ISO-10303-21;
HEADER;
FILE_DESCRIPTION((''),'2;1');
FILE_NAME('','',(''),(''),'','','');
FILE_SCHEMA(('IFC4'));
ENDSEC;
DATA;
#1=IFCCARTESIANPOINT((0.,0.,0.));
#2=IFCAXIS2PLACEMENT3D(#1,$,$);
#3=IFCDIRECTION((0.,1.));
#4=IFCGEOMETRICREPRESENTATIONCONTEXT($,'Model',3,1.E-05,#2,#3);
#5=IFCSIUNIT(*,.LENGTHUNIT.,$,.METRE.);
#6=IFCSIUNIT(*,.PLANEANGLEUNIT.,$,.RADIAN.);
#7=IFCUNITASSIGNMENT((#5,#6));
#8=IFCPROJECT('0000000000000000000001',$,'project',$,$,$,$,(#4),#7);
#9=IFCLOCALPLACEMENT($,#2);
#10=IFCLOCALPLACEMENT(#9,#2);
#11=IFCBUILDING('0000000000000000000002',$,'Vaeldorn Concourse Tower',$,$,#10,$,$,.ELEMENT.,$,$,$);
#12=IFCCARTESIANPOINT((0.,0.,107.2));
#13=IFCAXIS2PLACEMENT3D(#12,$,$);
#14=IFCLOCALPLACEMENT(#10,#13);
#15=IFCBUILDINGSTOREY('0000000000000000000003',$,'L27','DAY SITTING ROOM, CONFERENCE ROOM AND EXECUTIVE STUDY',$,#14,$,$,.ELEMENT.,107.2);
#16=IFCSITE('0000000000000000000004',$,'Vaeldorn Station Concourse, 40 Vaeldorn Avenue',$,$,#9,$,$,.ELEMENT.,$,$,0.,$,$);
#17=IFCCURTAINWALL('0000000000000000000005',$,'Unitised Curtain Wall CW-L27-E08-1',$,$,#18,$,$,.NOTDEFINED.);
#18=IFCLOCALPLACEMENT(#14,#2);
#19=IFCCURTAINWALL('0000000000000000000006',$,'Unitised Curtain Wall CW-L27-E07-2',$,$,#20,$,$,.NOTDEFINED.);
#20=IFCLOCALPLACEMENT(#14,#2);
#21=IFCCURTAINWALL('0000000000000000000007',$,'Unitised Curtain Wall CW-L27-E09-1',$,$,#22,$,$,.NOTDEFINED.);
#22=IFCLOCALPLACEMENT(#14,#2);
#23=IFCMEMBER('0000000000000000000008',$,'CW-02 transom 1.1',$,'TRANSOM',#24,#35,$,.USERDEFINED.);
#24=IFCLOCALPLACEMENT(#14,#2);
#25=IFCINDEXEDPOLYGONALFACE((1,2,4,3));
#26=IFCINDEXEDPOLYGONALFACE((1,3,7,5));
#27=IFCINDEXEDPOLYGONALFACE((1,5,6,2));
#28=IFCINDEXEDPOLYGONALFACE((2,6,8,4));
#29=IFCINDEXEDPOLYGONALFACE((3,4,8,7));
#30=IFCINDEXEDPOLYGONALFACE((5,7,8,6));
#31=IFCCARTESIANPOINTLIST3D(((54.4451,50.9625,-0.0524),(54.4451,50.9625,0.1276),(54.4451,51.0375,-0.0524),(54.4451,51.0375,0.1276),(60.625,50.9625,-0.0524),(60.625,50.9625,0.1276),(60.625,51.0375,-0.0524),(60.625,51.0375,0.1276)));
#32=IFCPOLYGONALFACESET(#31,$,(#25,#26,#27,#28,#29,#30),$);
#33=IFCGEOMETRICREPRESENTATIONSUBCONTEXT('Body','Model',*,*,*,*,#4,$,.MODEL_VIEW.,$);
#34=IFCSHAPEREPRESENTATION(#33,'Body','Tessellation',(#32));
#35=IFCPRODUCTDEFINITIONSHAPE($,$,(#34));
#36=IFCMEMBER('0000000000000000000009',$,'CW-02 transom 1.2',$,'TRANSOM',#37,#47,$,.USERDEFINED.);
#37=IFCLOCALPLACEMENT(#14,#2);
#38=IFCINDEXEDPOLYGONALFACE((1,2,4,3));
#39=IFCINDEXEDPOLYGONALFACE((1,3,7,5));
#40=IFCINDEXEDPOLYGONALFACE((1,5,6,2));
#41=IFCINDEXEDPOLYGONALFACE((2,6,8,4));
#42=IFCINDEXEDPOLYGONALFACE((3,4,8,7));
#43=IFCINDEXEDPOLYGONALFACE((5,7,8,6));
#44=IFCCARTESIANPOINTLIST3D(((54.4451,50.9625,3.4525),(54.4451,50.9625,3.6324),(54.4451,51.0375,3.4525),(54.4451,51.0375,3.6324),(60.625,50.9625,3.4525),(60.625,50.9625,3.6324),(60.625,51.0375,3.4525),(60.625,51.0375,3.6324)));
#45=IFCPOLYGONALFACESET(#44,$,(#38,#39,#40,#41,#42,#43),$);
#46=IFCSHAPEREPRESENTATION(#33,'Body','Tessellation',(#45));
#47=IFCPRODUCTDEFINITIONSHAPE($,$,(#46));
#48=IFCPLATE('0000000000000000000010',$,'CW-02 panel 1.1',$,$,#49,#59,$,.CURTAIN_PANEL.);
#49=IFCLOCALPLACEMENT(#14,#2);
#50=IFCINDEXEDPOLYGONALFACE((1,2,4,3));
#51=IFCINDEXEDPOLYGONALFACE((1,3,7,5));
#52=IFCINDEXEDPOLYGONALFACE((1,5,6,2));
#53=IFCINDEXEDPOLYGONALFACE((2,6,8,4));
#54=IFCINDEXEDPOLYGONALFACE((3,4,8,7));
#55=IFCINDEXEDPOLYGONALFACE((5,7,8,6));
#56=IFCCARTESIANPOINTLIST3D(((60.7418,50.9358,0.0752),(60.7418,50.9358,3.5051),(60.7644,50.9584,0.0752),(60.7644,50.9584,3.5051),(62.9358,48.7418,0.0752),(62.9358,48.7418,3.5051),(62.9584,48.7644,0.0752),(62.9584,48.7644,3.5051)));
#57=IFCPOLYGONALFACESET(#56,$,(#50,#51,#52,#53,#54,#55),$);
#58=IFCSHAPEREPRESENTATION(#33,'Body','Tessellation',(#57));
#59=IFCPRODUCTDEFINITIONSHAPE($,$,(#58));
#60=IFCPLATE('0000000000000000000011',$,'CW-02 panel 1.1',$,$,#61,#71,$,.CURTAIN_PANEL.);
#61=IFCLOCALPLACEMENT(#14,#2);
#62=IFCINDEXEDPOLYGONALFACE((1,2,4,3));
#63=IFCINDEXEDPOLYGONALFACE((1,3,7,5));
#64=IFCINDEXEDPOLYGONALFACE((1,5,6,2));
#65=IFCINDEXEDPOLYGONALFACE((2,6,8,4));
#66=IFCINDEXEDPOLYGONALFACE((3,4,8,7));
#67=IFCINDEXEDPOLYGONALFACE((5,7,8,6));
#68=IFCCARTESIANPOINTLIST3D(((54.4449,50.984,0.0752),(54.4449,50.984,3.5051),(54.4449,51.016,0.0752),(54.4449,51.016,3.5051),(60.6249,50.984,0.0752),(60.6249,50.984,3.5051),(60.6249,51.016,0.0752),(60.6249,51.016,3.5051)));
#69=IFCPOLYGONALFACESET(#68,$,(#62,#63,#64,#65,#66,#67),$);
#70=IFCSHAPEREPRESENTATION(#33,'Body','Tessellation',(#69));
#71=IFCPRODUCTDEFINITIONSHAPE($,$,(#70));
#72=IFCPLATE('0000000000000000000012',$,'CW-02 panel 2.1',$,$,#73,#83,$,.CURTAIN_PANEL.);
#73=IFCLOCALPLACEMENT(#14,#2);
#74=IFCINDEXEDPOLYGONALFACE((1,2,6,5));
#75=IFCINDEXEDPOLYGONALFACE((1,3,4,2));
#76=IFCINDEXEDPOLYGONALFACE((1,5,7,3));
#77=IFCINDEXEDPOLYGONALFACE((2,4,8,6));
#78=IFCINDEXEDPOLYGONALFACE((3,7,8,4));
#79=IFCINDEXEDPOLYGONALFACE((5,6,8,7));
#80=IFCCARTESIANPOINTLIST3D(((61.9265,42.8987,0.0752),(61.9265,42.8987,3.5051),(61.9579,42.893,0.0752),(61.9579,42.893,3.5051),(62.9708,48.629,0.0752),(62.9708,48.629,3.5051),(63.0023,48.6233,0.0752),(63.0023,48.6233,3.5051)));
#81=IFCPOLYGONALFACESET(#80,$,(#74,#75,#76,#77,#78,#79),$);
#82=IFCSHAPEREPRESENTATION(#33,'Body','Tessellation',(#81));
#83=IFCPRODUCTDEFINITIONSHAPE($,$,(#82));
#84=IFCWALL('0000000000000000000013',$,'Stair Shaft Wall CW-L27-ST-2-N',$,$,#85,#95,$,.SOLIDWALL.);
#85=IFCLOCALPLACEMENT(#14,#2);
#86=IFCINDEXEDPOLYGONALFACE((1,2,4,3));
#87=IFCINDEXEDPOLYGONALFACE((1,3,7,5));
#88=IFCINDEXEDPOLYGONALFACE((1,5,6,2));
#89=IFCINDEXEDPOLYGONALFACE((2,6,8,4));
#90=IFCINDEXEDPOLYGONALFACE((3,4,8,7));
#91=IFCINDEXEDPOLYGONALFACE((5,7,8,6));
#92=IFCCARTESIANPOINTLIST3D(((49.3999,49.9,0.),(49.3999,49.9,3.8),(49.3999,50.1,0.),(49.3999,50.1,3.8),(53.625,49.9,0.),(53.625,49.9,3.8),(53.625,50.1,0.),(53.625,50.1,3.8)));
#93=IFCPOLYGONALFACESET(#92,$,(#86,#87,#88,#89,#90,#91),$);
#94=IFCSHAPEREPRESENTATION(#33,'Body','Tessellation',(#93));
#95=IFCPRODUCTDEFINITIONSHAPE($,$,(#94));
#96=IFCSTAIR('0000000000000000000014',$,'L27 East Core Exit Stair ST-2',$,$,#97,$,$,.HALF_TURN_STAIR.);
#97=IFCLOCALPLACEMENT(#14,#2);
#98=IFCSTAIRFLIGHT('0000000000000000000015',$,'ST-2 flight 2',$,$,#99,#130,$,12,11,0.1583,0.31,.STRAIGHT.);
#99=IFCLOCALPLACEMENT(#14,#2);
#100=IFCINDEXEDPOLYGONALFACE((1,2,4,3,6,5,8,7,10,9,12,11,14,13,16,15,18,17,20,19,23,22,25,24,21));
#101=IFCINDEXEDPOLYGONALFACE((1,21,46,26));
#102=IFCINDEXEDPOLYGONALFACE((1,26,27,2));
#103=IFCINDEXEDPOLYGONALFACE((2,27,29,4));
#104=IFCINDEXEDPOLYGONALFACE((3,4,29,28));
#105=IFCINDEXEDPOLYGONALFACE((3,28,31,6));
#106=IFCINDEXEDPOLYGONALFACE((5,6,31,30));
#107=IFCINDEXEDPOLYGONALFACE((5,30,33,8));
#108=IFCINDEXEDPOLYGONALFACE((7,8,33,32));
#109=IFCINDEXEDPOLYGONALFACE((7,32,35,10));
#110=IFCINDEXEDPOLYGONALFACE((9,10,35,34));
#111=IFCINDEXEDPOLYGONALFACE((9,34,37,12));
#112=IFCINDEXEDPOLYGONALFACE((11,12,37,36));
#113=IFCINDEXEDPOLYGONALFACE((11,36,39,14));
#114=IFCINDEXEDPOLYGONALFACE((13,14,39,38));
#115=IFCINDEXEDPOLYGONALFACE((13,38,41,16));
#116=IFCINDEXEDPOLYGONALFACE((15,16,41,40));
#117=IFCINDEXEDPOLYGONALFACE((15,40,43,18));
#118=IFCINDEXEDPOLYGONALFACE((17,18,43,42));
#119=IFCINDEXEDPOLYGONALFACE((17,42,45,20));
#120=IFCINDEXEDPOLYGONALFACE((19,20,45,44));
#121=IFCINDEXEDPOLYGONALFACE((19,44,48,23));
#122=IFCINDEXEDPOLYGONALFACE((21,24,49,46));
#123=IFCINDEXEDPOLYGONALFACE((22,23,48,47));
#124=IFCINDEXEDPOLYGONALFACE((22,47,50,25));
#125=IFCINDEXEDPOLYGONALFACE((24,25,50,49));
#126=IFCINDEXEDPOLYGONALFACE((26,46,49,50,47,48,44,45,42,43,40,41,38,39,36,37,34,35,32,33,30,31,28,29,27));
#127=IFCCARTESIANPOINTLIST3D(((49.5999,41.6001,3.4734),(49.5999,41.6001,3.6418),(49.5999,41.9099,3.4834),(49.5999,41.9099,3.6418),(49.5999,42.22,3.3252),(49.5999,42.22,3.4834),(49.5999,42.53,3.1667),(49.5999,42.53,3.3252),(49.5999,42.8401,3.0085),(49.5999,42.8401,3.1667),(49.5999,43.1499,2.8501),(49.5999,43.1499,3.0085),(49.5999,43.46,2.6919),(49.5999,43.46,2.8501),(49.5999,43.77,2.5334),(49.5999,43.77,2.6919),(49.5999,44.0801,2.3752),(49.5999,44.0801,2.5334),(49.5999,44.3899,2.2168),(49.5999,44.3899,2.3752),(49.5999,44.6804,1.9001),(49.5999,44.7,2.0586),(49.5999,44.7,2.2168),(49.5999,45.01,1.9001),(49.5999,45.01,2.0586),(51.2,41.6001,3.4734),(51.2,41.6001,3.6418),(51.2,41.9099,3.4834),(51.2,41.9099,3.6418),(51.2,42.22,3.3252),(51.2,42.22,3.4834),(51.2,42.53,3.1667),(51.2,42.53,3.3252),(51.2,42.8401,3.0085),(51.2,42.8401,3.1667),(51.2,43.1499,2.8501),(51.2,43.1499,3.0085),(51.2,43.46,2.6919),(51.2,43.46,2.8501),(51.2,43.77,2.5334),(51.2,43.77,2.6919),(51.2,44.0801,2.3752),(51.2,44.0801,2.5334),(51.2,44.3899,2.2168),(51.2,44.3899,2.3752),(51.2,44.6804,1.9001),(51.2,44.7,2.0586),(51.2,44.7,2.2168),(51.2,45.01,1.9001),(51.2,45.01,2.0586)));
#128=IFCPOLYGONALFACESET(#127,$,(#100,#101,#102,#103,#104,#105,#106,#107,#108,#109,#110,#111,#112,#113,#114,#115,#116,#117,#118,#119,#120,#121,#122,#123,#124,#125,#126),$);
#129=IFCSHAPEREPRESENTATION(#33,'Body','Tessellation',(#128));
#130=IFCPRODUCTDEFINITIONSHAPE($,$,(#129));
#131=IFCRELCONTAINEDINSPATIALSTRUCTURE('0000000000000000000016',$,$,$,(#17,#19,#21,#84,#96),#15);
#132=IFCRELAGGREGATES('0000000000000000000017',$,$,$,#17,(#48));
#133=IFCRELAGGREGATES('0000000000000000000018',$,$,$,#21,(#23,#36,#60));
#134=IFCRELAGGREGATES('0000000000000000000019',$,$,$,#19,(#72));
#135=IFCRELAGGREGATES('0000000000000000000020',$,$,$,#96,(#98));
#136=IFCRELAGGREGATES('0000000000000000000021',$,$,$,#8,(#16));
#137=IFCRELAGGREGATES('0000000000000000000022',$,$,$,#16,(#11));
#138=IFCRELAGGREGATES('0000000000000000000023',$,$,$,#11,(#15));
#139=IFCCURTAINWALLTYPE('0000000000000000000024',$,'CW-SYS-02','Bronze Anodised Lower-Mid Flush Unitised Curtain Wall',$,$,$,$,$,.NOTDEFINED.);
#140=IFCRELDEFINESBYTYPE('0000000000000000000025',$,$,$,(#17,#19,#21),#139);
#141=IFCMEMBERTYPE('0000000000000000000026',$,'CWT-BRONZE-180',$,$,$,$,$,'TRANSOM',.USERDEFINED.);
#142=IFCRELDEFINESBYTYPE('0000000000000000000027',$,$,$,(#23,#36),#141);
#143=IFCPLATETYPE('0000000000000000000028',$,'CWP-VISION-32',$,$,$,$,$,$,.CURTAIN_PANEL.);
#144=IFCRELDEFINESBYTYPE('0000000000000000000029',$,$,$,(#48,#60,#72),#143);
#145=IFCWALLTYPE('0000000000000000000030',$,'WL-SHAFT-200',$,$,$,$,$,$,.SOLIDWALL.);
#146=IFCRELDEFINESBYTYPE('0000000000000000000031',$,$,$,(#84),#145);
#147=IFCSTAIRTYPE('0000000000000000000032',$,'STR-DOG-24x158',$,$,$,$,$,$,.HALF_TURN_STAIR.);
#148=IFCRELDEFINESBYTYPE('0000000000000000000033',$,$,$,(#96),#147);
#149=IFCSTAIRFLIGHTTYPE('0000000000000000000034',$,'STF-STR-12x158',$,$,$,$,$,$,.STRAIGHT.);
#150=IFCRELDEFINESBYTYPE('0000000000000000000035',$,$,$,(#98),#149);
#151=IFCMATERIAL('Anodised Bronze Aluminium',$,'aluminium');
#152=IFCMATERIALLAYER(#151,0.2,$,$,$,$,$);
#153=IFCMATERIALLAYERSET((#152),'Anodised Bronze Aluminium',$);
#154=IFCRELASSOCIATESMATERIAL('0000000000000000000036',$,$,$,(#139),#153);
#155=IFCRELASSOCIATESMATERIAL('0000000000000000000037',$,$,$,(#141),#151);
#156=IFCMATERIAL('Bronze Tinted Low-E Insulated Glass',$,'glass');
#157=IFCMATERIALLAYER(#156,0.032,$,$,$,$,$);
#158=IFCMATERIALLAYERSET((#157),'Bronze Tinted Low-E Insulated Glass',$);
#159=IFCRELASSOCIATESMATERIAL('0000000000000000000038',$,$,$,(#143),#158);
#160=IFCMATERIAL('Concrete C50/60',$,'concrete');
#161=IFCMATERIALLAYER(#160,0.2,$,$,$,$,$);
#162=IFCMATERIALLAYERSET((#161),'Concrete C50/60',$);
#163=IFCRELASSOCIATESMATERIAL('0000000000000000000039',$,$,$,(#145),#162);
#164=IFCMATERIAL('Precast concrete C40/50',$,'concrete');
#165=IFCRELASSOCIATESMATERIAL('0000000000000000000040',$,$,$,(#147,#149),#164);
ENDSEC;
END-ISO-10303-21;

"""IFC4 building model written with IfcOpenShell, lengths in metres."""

from ifc_helpers import new_model, si_unit, direction, frame, frame_2d, origin, origin_2d, place, context, subcontext, project, spatial, polyline, rectangle, outline, extrude, source, transform, mapped, material, layer, layer_set, material_profile, profile_set, type_object, element, aggregate, save


model = new_model("IFC4")

# Units and contexts
model_context = context("Model", 3, precision=1e-05, world=origin(), true_north=direction((0.0, 1.0)))
body_context = subcontext(model_context, "Body", "Model", "MODEL_VIEW")
ifc_project = project(units=[si_unit("LENGTHUNIT", "METRE"), si_unit("PLANEANGLEUNIT", "RADIAN")], contexts=[model_context])

# Site, building, storey
site_placement = place(None, origin())
site = spatial("IfcSite", under=ifc_project, at=site_placement, Name="Vaeldorn Station Concourse, 40 Vaeldorn Avenue", CompositionType="ELEMENT", RefElevation=0.0)
building_placement = place(site_placement, origin())
building = spatial("IfcBuilding", under=site, at=building_placement, Name="Vaeldorn Concourse Tower", CompositionType="ELEMENT")
storey_placement = place(building_placement, frame((0.0, 0.0, 107.2)))
storey = spatial("IfcBuildingStorey", under=building, at=storey_placement, Name="L27", Description="DAY SITTING ROOM, CONFERENCE ROOM AND EXECUTIVE STUDY", CompositionType="ELEMENT", Elevation=107.2)

# Curtain wall
ifc_material_1 = material(Name="Anodised Bronze Aluminium", Category="aluminium")
ifc_layer_1 = layer(ifc_material_1, 0.2)
ifc_layer_set_1 = layer_set([ifc_layer_1], Name="Anodised Bronze Aluminium")
curtain_wall_type = type_object("IfcCurtainWallType", Name="CW-SYS-02", Description="Bronze Anodised Lower-Mid Flush Unitised Curtain Wall", PredefinedType="NOTDEFINED", material=ifc_layer_set_1)
curtain_wall_1_placement = place(storey_placement, origin())
curtain_wall_1 = element("IfcCurtainWall", 1, at=curtain_wall_1_placement, inside=storey, type_object=curtain_wall_type, Name="Unitised Curtain Wall CW-L27-E08-1", PredefinedType="NOTDEFINED")
ifc_material_profile_1 = material_profile(ifc_material_1, rectangle(XDim=0.075, YDim=0.1799, at=origin_2d()), Name="CWT 75x180")
ifc_profile_set_1 = profile_set([ifc_material_profile_1], Name="Anodised Bronze Aluminium")
member_type_1 = type_object("IfcMemberType", Name="CWT-BRONZE-180", ElementType="TRANSOM", PredefinedType="USERDEFINED", material=ifc_profile_set_1)

# Curtain wall
curtain_wall_2_placement = place(storey_placement, origin())
curtain_wall_2 = element("IfcCurtainWall", 2, at=curtain_wall_2_placement, inside=storey, type_object=curtain_wall_type, Name="Unitised Curtain Wall CW-L27-E07-2", PredefinedType="NOTDEFINED")

# Curtain wall, members
curtain_wall_3_placement = place(storey_placement, origin())
curtain_wall_3 = element("IfcCurtainWall", 3, at=curtain_wall_3_placement, inside=storey, type_object=curtain_wall_type, Name="Unitised Curtain Wall CW-L27-E09-1", PredefinedType="NOTDEFINED")
shared_shape_1 = source(origin(), body_context, "Body", "SweptSolid", [
    extrude(rectangle(XDim=0.075, YDim=0.1799, at=origin_2d()), origin(), (0.0, 0.0, 1.0), 6.1799),
])
member_1_placement = place(storey_placement, frame((60.625, 51.0, 0.0376), z_axis=(-1.0, 0.0, 0.0), x_axis=(0.0, -1.0, 0.0)))
member_1 = element("IfcMember", 4, at=member_1_placement, type_object=member_type_1, Name="CW-02 transom 1.1", ObjectType="TRANSOM", PredefinedType="USERDEFINED", context=body_context, shape_type="MappedRepresentation", body=[
    mapped(shared_shape_1, transform((0.0, 0.0, 0.0), scale=1.0)),
])
member_2_placement = place(storey_placement, frame((60.625, 51.0, 3.5425), z_axis=(-1.0, 0.0, 0.0), x_axis=(0.0, -1.0, 0.0)))
member_2 = element("IfcMember", 5, at=member_2_placement, type_object=member_type_1, Name="CW-02 transom 1.2", ObjectType="TRANSOM", PredefinedType="USERDEFINED", context=body_context, shape_type="MappedRepresentation", body=[
    mapped(shared_shape_1, transform((0.0, 0.0, 0.0), scale=1.0)),
])

# Plates
ifc_material_2 = material(Name="Bronze Tinted Low-E Insulated Glass", Category="glass")
ifc_layer_2 = layer(ifc_material_2, 0.032)
ifc_layer_set_2 = layer_set([ifc_layer_2], Name="Bronze Tinted Low-E Insulated Glass")
plate_type = type_object("IfcPlateType", Name="CWP-VISION-32", PredefinedType="CURTAIN_PANEL", material=ifc_layer_set_2)
shared_shape_2 = source(origin(), body_context, "Body", "SweptSolid", [
    extrude(rectangle(XDim=3.1028, YDim=0.032, at=origin_2d()), origin(), (0.0, 0.0, 1.0), 3.4299),
])
plate_1_placement = place(storey_placement, frame((61.8501, 49.8501, 0.0752), z_axis=(0.0, 0.0, 1.0), x_axis=(-0.707107, 0.707107, 0.0)))
plate_1 = element("IfcPlate", 6, at=plate_1_placement, type_object=plate_type, Name="CW-02 panel 1.1", PredefinedType="CURTAIN_PANEL", context=body_context, shape_type="MappedRepresentation", body=[
    mapped(shared_shape_2, transform((0.0, 0.0, 0.0), scale=1.0)),
])
aggregate(curtain_wall_1, [plate_1])
shared_shape_3 = source(origin(), body_context, "Body", "SweptSolid", [
    extrude(rectangle(XDim=6.1799, YDim=0.032, at=origin_2d()), origin(), (0.0, 0.0, 1.0), 3.4299),
])
plate_2_placement = place(storey_placement, frame((57.5349, 51.0, 0.0752), z_axis=(0.0, 0.0, 1.0), x_axis=(-1.0, 0.0, 0.0)))
plate_2 = element("IfcPlate", 7, at=plate_2_placement, type_object=plate_type, Name="CW-02 panel 1.1", PredefinedType="CURTAIN_PANEL", context=body_context, shape_type="MappedRepresentation", body=[
    mapped(shared_shape_3, transform((0.0, 0.0, 0.0), scale=1.0)),
])
aggregate(curtain_wall_3, [member_1, member_2, plate_2])
shared_shape_4 = source(origin(), body_context, "Body", "SweptSolid", [
    extrude(rectangle(XDim=5.8247, YDim=0.032, at=origin_2d()), origin(), (0.0, 0.0, 1.0), 3.4299),
])
plate_3_placement = place(storey_placement, frame((62.4644, 45.761, 0.0752), z_axis=(0.0, 0.0, 1.0), x_axis=(0.179293, 0.983796, 0.0)))
plate_3 = element("IfcPlate", 8, at=plate_3_placement, type_object=plate_type, Name="CW-02 panel 2.1", PredefinedType="CURTAIN_PANEL", context=body_context, shape_type="MappedRepresentation", body=[
    mapped(shared_shape_4, transform((0.0, 0.0, 0.0), scale=1.0)),
])
aggregate(curtain_wall_2, [plate_3])

# Wall
ifc_material_3 = material(Name="Concrete C50/60", Category="concrete")
ifc_layer_3 = layer(ifc_material_3, 0.2)
ifc_layer_set_3 = layer_set([ifc_layer_3], Name="Concrete C50/60")
wall_type = type_object("IfcWallType", Name="WL-SHAFT-200", PredefinedType="SOLIDWALL", material=ifc_layer_set_3)
wall_placement = place(storey_placement, frame((49.3999, 50.0, 0.0), z_axis=(0.0, 0.0, 1.0), x_axis=(1.0, 0.0, 0.0)))
element("IfcWall", 9, at=wall_placement, inside=storey, type_object=wall_type, Name="Stair Shaft Wall CW-L27-ST-2-N", PredefinedType="SOLIDWALL", context=body_context, shape_type="SweptSolid", body=[
    extrude(rectangle(XDim=4.2251, YDim=0.2, at=frame_2d((2.1125, 0.0))), origin(), (0.0, 0.0, 1.0), 3.8),
])

# Stair, stair flight
ifc_material_4 = material(Name="Precast concrete C40/50", Category="concrete")
stair_type = type_object("IfcStairType", Name="STR-DOG-24x158", PredefinedType="HALF_TURN_STAIR", material=ifc_material_4)
stair_placement = place(storey_placement, origin())
stair = element("IfcStair", 10, at=stair_placement, inside=storey, type_object=stair_type, Name="L27 East Core Exit Stair ST-2", PredefinedType="HALF_TURN_STAIR")
stair_flight_type = type_object("IfcStairFlightType", Name="STF-STR-12x158", PredefinedType="STRAIGHT", material=ifc_material_4)
stair_flight_placement = place(storey_placement, frame((50.3999, 45.01, 1.9001), z_axis=(0.0, 0.0, 1.0), x_axis=(0.0, -1.0, 0.0)))
stair_flight = element("IfcStairFlight", 11, at=stair_flight_placement, type_object=stair_flight_type, Name="ST-2 flight 2", NumberOfRisers=12, NumberOfTreads=11, PredefinedType="STRAIGHT", RiserHeight=0.1583, TreadLength=0.31, context=body_context, shape_type="SweptSolid", body=[
    extrude(outline(polyline([(0.0, 0.0), (0.0, 0.1584), (0.3101, 0.1584), (0.3101, 0.3167), (0.6201, 0.3167), (0.6201, 0.4751), (0.9299, 0.4751), (0.9299, 0.6333), (1.24, 0.6333), (1.24, 0.7917), (1.55, 0.7917), (1.55, 0.95), (1.8601, 0.95), (1.8601, 1.1084), (2.1699, 1.1084), (2.1699, 1.2666), (2.48, 1.2666), (2.48, 1.425), (2.79, 1.425), (2.79, 1.5833), (3.1001, 1.5833), (3.1001, 1.7417), (3.4099, 1.7417), (3.4099, 1.8999), (3.4099, 1.5732), (0.3296, 0.0), (0.0, 0.0)])), frame((0.0, 0.8, 0.0), z_axis=(0.0, -1.0, 0.0), x_axis=(1.0, 0.0, 0.0)), (0.0, 0.0, 1.0), 1.6001),
])
aggregate(stair, [stair_flight])

save(model, "model.ifc")
